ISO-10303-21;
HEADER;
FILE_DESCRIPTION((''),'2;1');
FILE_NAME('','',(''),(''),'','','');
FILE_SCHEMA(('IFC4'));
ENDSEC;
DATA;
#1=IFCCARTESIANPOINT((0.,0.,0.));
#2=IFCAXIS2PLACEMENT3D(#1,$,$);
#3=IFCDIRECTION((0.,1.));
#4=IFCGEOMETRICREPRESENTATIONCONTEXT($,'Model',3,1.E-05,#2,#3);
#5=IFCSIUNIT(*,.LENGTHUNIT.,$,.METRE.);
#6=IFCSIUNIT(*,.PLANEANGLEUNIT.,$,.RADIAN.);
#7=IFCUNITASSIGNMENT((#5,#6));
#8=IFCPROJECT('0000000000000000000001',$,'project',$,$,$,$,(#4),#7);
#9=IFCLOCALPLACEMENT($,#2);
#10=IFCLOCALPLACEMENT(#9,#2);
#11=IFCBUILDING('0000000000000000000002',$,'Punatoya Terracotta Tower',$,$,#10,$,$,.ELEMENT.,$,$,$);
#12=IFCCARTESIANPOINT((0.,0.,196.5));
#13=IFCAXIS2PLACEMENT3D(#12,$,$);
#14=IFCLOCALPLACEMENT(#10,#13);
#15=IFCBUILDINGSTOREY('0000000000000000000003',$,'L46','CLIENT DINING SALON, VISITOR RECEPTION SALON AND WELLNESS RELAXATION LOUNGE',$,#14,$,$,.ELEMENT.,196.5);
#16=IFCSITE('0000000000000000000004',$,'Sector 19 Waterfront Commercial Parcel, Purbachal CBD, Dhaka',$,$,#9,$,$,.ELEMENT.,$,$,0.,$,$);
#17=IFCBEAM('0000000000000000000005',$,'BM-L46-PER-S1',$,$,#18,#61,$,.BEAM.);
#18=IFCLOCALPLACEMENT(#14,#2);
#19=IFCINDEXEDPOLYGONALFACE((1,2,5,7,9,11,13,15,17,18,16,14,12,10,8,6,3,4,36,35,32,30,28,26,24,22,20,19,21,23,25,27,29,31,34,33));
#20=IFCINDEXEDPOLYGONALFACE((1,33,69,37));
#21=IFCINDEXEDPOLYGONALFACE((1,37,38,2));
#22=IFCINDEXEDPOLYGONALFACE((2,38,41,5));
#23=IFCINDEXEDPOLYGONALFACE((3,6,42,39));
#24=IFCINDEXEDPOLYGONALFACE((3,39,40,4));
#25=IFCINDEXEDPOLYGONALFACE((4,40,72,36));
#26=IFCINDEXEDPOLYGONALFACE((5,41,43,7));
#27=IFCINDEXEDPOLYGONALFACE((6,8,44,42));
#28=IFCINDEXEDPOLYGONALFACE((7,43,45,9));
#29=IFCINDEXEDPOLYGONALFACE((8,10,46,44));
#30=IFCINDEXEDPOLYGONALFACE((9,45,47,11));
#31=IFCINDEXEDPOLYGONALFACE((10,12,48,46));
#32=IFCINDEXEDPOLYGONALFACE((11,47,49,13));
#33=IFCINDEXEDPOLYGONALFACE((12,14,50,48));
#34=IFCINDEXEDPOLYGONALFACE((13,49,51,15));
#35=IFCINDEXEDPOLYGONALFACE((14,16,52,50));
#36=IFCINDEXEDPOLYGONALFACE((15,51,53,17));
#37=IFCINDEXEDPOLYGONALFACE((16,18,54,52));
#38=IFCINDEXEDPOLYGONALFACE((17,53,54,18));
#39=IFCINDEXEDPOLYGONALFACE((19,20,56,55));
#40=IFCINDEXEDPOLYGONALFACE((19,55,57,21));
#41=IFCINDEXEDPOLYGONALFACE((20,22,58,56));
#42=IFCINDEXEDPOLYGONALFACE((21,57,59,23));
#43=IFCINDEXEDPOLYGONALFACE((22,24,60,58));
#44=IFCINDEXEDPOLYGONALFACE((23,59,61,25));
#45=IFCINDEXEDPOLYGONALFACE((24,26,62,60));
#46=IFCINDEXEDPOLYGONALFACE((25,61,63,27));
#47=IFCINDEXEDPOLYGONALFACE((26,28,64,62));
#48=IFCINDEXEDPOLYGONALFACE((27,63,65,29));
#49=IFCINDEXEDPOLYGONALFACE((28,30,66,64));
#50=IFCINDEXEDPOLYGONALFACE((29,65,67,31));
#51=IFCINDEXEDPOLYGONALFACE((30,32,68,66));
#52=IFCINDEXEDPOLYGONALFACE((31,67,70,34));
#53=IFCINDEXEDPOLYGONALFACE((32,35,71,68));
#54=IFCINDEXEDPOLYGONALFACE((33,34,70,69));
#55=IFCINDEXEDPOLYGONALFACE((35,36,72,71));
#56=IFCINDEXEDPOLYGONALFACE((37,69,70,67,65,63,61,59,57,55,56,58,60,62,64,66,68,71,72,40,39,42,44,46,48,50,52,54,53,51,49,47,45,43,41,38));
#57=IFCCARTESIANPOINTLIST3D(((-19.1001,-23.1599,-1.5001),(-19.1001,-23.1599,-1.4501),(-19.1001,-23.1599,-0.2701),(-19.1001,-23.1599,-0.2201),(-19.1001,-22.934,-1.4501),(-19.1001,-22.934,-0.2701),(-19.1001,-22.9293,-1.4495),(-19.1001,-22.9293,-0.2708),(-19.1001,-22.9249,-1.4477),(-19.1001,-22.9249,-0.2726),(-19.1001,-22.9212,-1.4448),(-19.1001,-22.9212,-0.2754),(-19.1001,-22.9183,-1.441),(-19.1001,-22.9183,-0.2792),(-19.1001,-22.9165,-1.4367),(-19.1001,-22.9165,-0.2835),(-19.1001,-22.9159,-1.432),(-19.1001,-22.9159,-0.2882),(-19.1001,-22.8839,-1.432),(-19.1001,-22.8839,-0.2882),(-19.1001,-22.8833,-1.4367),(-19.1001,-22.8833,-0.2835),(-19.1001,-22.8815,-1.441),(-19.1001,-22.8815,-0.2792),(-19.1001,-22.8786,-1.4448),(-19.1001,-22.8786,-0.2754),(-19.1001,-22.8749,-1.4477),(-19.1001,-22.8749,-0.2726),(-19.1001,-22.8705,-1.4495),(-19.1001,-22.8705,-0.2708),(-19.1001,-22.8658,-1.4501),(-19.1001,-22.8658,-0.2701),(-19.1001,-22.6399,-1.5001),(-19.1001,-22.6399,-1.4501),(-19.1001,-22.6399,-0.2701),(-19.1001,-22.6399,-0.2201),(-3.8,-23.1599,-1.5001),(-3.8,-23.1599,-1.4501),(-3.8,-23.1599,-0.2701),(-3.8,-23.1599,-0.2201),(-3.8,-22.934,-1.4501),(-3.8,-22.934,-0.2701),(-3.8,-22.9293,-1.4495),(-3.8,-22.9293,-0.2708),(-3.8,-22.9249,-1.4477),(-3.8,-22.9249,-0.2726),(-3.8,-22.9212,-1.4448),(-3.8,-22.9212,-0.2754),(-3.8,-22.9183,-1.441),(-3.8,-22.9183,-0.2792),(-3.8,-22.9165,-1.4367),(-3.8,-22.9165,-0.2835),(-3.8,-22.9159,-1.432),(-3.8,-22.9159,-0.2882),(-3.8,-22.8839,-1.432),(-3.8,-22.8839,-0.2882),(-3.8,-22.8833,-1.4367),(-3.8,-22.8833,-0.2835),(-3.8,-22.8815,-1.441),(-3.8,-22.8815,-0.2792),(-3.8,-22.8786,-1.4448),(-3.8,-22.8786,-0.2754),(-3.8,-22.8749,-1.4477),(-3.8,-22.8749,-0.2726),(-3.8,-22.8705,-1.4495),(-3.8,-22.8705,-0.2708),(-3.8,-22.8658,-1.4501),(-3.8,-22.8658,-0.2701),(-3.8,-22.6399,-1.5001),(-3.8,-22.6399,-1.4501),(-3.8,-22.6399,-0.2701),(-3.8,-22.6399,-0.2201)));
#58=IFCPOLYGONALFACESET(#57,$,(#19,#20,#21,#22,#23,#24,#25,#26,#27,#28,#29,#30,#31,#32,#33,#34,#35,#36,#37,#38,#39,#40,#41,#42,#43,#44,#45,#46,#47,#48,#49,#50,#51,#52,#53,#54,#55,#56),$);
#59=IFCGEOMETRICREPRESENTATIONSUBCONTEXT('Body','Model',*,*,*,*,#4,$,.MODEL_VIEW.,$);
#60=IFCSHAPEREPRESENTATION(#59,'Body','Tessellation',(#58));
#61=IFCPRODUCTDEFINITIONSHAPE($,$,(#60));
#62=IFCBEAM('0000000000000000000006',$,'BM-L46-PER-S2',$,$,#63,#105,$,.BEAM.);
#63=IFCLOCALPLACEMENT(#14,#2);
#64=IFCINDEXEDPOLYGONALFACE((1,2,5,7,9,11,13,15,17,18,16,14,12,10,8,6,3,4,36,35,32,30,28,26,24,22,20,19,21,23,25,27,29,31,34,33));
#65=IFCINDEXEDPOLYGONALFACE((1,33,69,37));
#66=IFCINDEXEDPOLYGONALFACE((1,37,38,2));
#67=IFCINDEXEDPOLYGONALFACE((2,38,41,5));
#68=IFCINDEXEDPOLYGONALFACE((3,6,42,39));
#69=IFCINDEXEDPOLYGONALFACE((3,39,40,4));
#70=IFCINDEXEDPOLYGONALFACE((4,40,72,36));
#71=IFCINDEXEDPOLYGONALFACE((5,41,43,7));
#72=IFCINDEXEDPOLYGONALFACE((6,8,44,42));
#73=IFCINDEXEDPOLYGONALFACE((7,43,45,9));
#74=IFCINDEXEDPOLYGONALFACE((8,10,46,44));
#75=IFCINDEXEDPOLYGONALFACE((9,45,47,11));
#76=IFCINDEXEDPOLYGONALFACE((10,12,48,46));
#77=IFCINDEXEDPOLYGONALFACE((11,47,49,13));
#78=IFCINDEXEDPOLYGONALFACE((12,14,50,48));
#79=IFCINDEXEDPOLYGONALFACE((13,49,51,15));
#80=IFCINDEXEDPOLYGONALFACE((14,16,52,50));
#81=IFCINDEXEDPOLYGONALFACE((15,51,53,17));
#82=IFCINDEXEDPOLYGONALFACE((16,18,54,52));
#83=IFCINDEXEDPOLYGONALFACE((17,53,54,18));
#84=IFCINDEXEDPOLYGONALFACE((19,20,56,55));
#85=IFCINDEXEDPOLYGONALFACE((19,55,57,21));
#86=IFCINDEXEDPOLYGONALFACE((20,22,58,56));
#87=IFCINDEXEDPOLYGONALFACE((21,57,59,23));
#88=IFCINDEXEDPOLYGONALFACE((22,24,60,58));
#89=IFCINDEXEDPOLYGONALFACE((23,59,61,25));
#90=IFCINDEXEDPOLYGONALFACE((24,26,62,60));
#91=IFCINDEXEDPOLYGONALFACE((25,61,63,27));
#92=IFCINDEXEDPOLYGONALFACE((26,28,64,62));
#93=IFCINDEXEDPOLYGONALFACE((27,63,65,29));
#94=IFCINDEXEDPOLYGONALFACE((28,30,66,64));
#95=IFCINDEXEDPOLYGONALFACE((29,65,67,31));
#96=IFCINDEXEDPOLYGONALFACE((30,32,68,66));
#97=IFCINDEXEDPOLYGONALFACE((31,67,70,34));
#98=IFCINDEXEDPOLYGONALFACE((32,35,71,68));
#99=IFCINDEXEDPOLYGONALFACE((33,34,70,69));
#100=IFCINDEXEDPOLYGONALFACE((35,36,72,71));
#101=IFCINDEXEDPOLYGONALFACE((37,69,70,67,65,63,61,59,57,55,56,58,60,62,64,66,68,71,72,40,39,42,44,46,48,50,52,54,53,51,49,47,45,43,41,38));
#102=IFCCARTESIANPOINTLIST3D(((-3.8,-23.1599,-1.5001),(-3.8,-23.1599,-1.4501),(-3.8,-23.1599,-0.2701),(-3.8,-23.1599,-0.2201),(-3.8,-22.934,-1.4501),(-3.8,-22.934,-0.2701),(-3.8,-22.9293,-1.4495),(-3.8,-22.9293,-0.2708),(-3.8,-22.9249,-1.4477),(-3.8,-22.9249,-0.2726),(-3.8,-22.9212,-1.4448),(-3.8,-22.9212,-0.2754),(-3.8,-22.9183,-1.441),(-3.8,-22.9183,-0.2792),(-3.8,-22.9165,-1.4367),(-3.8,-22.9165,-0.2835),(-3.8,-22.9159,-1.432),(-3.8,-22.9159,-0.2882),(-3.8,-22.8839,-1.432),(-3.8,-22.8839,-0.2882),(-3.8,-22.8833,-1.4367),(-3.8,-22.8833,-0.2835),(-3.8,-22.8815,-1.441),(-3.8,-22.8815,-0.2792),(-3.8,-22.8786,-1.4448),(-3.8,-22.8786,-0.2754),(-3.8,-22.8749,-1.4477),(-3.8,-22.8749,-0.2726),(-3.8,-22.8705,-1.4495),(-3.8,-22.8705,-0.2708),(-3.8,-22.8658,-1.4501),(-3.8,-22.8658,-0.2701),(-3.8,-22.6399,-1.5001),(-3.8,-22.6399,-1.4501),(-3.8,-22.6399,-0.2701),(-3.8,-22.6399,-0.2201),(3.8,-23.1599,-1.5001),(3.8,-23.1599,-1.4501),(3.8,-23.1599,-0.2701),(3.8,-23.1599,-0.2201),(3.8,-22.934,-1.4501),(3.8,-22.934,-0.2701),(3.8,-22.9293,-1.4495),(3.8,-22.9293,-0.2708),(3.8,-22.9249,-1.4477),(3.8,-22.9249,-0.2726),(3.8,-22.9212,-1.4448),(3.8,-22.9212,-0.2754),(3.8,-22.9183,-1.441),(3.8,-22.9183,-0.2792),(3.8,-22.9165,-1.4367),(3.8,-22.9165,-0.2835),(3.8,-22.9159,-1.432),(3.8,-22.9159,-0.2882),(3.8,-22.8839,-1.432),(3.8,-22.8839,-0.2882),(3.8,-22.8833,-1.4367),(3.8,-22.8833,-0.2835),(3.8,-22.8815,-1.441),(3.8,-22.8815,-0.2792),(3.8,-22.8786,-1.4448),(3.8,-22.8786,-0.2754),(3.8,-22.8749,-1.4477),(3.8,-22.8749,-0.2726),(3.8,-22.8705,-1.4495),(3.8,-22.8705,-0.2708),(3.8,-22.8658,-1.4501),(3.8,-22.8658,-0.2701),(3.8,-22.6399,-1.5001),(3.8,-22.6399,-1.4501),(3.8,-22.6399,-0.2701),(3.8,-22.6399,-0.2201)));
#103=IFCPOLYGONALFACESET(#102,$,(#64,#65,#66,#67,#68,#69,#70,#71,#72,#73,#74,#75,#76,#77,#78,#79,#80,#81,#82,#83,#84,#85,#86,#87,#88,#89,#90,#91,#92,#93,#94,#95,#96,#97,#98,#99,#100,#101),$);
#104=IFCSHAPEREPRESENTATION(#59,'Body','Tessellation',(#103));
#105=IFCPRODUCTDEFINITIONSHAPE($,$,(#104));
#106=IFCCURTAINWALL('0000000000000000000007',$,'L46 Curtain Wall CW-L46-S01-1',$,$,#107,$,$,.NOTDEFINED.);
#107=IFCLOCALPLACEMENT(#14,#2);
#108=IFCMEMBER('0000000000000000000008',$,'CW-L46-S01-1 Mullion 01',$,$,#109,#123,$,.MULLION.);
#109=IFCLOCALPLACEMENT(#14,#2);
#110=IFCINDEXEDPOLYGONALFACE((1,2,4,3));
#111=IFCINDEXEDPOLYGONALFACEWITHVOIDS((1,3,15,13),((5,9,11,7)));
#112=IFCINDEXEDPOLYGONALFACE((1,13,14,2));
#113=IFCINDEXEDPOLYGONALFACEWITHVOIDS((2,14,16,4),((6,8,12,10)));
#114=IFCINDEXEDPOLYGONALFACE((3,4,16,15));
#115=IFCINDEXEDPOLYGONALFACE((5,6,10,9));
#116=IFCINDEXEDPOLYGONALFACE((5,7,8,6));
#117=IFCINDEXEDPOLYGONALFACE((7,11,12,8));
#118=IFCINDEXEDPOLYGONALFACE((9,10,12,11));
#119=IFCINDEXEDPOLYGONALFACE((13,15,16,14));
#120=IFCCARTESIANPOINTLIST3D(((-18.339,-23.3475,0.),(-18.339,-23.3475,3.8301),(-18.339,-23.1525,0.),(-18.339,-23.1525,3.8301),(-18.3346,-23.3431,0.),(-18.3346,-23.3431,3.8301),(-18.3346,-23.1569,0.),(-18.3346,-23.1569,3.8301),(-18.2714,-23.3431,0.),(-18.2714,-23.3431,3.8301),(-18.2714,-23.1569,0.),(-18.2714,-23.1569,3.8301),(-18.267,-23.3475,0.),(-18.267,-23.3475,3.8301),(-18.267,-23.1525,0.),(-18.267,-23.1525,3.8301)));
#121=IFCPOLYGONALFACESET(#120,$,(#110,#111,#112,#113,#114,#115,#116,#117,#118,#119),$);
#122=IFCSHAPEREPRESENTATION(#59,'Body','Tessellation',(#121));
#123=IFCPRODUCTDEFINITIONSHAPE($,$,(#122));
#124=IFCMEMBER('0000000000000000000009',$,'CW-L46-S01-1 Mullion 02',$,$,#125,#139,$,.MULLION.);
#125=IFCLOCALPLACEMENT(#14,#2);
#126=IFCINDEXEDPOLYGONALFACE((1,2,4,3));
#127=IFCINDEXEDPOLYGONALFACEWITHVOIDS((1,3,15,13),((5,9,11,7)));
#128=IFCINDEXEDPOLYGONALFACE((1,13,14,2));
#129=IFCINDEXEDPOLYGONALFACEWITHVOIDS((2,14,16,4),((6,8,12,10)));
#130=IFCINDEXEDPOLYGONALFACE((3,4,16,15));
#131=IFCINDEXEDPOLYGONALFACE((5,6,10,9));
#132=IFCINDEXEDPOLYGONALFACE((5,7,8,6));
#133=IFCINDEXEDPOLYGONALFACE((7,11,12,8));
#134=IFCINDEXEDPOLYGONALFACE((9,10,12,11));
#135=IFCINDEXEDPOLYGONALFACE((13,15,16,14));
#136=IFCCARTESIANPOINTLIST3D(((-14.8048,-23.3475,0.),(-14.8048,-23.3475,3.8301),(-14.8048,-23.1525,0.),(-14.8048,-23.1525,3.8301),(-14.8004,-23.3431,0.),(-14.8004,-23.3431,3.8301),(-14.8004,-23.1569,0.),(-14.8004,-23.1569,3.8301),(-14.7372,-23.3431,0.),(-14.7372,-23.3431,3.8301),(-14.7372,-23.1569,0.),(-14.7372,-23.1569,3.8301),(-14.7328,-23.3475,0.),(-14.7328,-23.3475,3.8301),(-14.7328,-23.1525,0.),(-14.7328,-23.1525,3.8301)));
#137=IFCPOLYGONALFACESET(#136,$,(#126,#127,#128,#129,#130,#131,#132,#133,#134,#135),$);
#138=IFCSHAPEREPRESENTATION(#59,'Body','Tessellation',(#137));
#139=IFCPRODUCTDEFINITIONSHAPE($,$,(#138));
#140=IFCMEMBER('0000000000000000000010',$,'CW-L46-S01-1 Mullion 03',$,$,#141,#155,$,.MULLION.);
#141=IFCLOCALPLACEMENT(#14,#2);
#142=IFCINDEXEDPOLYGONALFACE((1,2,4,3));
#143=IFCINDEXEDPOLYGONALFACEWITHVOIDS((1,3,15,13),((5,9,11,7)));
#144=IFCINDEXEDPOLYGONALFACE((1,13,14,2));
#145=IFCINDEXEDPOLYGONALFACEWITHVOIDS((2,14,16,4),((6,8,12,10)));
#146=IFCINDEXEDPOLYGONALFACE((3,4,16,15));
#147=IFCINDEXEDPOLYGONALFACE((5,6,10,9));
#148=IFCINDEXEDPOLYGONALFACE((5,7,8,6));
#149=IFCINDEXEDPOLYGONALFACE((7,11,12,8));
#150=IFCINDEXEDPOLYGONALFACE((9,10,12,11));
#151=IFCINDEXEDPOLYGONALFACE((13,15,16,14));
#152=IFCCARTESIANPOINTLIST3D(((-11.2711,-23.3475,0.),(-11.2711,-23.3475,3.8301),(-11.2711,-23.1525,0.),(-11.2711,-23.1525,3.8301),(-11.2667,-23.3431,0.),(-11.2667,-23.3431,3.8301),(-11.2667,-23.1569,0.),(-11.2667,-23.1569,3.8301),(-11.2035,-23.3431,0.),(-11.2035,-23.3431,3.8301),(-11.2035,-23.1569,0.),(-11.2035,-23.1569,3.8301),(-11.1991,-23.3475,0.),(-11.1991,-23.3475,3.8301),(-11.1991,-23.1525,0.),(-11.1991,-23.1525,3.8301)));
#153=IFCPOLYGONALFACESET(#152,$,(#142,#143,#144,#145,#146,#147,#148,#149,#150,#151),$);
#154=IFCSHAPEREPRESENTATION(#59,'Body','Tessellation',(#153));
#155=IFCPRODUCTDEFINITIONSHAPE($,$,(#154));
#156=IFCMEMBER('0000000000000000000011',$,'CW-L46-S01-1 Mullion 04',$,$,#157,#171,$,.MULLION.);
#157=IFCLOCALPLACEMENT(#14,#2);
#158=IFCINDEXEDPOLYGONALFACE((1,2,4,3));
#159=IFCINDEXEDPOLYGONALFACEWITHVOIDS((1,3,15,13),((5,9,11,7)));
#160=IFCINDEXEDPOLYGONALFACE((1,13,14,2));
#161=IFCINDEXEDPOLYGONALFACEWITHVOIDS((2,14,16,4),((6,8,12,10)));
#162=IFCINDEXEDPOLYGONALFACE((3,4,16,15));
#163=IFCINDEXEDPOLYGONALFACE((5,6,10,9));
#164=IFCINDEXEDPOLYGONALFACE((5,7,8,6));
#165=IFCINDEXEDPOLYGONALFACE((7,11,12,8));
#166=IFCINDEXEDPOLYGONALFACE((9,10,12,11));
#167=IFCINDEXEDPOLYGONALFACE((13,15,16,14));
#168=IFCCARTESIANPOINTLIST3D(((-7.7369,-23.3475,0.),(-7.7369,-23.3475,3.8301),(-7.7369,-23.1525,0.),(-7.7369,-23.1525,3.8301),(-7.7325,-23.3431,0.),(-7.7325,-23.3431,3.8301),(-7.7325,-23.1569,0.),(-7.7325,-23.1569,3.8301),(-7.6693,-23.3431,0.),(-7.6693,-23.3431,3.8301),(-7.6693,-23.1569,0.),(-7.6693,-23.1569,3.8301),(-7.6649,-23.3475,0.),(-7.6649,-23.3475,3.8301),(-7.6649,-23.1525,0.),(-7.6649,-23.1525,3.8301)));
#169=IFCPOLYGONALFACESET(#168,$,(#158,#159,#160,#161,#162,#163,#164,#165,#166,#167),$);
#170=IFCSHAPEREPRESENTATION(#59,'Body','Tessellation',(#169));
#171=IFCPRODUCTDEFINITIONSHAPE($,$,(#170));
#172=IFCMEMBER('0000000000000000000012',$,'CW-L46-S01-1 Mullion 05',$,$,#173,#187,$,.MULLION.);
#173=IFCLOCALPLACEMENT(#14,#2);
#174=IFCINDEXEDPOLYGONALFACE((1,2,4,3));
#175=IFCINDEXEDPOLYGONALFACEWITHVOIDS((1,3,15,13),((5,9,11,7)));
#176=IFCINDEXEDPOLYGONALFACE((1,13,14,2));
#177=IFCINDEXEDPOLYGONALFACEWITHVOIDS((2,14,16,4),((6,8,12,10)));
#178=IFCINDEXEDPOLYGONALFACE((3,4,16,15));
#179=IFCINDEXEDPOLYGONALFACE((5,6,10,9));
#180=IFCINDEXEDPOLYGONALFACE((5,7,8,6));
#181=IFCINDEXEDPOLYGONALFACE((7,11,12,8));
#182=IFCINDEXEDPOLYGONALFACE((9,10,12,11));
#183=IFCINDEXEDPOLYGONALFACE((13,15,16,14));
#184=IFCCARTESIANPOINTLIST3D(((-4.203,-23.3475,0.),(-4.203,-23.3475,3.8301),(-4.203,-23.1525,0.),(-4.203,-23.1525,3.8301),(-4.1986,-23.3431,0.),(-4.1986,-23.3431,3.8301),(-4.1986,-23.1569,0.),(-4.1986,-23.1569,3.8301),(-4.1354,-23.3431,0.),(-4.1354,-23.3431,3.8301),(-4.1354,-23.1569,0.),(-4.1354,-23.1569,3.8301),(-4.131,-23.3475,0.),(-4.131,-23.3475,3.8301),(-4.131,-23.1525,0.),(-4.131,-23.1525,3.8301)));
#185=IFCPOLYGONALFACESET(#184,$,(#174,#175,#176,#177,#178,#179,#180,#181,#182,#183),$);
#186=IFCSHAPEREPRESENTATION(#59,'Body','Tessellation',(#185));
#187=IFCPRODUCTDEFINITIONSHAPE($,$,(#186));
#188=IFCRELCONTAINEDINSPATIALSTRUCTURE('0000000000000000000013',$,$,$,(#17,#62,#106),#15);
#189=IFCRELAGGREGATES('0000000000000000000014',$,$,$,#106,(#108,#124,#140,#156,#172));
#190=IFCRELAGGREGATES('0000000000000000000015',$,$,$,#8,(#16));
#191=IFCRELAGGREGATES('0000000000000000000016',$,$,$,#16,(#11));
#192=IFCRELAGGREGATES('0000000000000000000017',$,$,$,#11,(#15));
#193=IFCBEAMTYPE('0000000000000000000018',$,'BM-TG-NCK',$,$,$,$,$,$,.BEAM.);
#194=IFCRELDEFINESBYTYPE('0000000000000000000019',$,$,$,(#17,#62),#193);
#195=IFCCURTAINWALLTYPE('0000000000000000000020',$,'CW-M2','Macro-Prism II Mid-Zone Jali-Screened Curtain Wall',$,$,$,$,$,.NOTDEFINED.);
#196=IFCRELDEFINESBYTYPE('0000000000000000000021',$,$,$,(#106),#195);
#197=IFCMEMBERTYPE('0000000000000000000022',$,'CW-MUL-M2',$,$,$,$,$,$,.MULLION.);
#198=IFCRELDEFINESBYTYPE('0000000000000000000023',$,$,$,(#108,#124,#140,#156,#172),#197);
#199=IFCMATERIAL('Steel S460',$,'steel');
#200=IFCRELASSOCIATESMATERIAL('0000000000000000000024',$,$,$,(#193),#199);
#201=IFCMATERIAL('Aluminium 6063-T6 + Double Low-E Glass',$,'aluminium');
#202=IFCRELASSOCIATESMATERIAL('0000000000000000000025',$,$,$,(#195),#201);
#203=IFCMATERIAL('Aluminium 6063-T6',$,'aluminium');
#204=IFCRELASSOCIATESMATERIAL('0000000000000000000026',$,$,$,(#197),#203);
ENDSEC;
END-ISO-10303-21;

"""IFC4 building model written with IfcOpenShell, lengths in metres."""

from ifc_helpers import new_model, si_unit, direction, frame, origin, origin_2d, place, context, subcontext, project, spatial, hollow_rectangle, i_section, extrude, material, material_profile, profile_set, type_object, element, aggregate, save


model = new_model("IFC4")

# Units and contexts
model_context = context("Model", 3, precision=1e-05, world=origin(), true_north=direction((0.0, 1.0)))
body_context = subcontext(model_context, "Body", "Model", "MODEL_VIEW")
ifc_project = project(units=[si_unit("LENGTHUNIT", "METRE"), si_unit("PLANEANGLEUNIT", "RADIAN")], contexts=[model_context])

# Site, building, storey
site_placement = place(None, origin())
site = spatial("IfcSite", under=ifc_project, at=site_placement, Name="Sector 19 Waterfront Commercial Parcel, Purbachal CBD, Dhaka", CompositionType="ELEMENT", RefElevation=0.0)
building_placement = place(site_placement, origin())
building = spatial("IfcBuilding", under=site, at=building_placement, Name="Punatoya Terracotta Tower", CompositionType="ELEMENT")
storey_placement = place(building_placement, frame((0.0, 0.0, 196.5)))
storey = spatial("IfcBuildingStorey", under=building, at=storey_placement, Name="L46", Description="CLIENT DINING SALON, VISITOR RECEPTION SALON AND WELLNESS RELAXATION LOUNGE", CompositionType="ELEMENT", Elevation=196.5)

# Shared definitions
ifc_material_1 = material(Name="Steel S460", Category="steel")

# Beams
ifc_material_profile_1 = material_profile(ifc_material_1, i_section(OverallWidth=0.52, OverallDepth=1.28, WebThickness=0.032, FlangeThickness=0.05, FilletRadius=0.0181, at=origin_2d()))
ifc_profile_set_1 = profile_set([ifc_material_profile_1], Name="Steel S460")
beam_type_1 = type_object("IfcBeamType", Name="BM-TG-NCK", PredefinedType="BEAM", material=ifc_profile_set_1)
beam_1_placement = place(storey_placement, frame((-19.1001, -22.8999, -0.8601), z_axis=(1.0, 0.0, 0.0), x_axis=(0.0, 1.0, 0.0)))
element("IfcBeam", 1, at=beam_1_placement, inside=storey, type_object=beam_type_1, Name="BM-L46-PER-S1", PredefinedType="BEAM", context=body_context, shape_type="SweptSolid", body=[
    extrude(i_section(OverallWidth=0.52, OverallDepth=1.28, WebThickness=0.032, FlangeThickness=0.05, FilletRadius=0.0181, at=origin_2d()), origin(), (0.0, 0.0, 1.0), 15.3),
])
beam_2_placement = place(storey_placement, frame((-3.8, -22.8999, -0.8601), z_axis=(1.0, 0.0, 0.0), x_axis=(0.0, 1.0, 0.0)))
element("IfcBeam", 2, at=beam_2_placement, inside=storey, type_object=beam_type_1, Name="BM-L46-PER-S2", PredefinedType="BEAM", context=body_context, shape_type="SweptSolid", body=[
    extrude(i_section(OverallWidth=0.52, OverallDepth=1.28, WebThickness=0.032, FlangeThickness=0.05, FilletRadius=0.0181, at=origin_2d()), origin(), (0.0, 0.0, 1.0), 7.6001),
])

# Curtain wall, members
ifc_material_2 = material(Name="Aluminium 6063-T6 + Double Low-E Glass", Category="aluminium")
curtain_wall_type = type_object("IfcCurtainWallType", Name="CW-M2", Description="Macro-Prism II Mid-Zone Jali-Screened Curtain Wall", PredefinedType="NOTDEFINED", material=ifc_material_2)
curtain_wall_placement = place(storey_placement, origin())
curtain_wall = element("IfcCurtainWall", 3, at=curtain_wall_placement, inside=storey, type_object=curtain_wall_type, Name="L46 Curtain Wall CW-L46-S01-1", PredefinedType="NOTDEFINED")
ifc_material_3 = material(Name="Aluminium 6063-T6", Category="aluminium")
ifc_material_profile_2 = material_profile(ifc_material_3, hollow_rectangle(XDim=0.072, YDim=0.1951, WallThickness=0.0044, at=origin_2d()))
ifc_profile_set_2 = profile_set([ifc_material_profile_2], Name="Aluminium 6063-T6")
member_type = type_object("IfcMemberType", Name="CW-MUL-M2", PredefinedType="MULLION", material=ifc_profile_set_2)
member_1_placement = place(storey_placement, frame((-18.303, -23.25, 0.0), z_axis=(0.0, 0.0, 1.0), x_axis=(1.0, 0.0, 0.0)))
member_1 = element("IfcMember", 4, at=member_1_placement, type_object=member_type, Name="CW-L46-S01-1 Mullion 01", PredefinedType="MULLION", context=body_context, shape_type="SweptSolid", body=[
    extrude(hollow_rectangle(XDim=0.072, YDim=0.1951, WallThickness=0.0044, at=origin_2d()), origin(), (0.0, 0.0, 1.0), 3.8301),
])
member_2_placement = place(storey_placement, frame((-14.7688, -23.25, 0.0), z_axis=(0.0, 0.0, 1.0), x_axis=(1.0, 0.0, 0.0)))
member_2 = element("IfcMember", 5, at=member_2_placement, type_object=member_type, Name="CW-L46-S01-1 Mullion 02", PredefinedType="MULLION", context=body_context, shape_type="SweptSolid", body=[
    extrude(hollow_rectangle(XDim=0.072, YDim=0.1951, WallThickness=0.0044, at=origin_2d()), origin(), (0.0, 0.0, 1.0), 3.8301),
])
member_3_placement = place(storey_placement, frame((-11.2351, -23.25, 0.0), z_axis=(0.0, 0.0, 1.0), x_axis=(1.0, 0.0, 0.0)))
member_3 = element("IfcMember", 6, at=member_3_placement, type_object=member_type, Name="CW-L46-S01-1 Mullion 03", PredefinedType="MULLION", context=body_context, shape_type="SweptSolid", body=[
    extrude(hollow_rectangle(XDim=0.072, YDim=0.1951, WallThickness=0.0044, at=origin_2d()), origin(), (0.0, 0.0, 1.0), 3.8301),
])
member_4_placement = place(storey_placement, frame((-7.7009, -23.25, 0.0), z_axis=(0.0, 0.0, 1.0), x_axis=(1.0, 0.0, 0.0)))
member_4 = element("IfcMember", 7, at=member_4_placement, type_object=member_type, Name="CW-L46-S01-1 Mullion 04", PredefinedType="MULLION", context=body_context, shape_type="SweptSolid", body=[
    extrude(hollow_rectangle(XDim=0.072, YDim=0.1951, WallThickness=0.0044, at=origin_2d()), origin(), (0.0, 0.0, 1.0), 3.8301),
])
member_5_placement = place(storey_placement, frame((-4.167, -23.25, 0.0), z_axis=(0.0, 0.0, 1.0), x_axis=(1.0, 0.0, 0.0)))
member_5 = element("IfcMember", 8, at=member_5_placement, type_object=member_type, Name="CW-L46-S01-1 Mullion 05", PredefinedType="MULLION", context=body_context, shape_type="SweptSolid", body=[
    extrude(hollow_rectangle(XDim=0.072, YDim=0.1951, WallThickness=0.0044, at=origin_2d()), origin(), (0.0, 0.0, 1.0), 3.8301),
])
aggregate(curtain_wall, [member_1, member_2, member_3, member_4, member_5])

save(model, "model.ifc")
